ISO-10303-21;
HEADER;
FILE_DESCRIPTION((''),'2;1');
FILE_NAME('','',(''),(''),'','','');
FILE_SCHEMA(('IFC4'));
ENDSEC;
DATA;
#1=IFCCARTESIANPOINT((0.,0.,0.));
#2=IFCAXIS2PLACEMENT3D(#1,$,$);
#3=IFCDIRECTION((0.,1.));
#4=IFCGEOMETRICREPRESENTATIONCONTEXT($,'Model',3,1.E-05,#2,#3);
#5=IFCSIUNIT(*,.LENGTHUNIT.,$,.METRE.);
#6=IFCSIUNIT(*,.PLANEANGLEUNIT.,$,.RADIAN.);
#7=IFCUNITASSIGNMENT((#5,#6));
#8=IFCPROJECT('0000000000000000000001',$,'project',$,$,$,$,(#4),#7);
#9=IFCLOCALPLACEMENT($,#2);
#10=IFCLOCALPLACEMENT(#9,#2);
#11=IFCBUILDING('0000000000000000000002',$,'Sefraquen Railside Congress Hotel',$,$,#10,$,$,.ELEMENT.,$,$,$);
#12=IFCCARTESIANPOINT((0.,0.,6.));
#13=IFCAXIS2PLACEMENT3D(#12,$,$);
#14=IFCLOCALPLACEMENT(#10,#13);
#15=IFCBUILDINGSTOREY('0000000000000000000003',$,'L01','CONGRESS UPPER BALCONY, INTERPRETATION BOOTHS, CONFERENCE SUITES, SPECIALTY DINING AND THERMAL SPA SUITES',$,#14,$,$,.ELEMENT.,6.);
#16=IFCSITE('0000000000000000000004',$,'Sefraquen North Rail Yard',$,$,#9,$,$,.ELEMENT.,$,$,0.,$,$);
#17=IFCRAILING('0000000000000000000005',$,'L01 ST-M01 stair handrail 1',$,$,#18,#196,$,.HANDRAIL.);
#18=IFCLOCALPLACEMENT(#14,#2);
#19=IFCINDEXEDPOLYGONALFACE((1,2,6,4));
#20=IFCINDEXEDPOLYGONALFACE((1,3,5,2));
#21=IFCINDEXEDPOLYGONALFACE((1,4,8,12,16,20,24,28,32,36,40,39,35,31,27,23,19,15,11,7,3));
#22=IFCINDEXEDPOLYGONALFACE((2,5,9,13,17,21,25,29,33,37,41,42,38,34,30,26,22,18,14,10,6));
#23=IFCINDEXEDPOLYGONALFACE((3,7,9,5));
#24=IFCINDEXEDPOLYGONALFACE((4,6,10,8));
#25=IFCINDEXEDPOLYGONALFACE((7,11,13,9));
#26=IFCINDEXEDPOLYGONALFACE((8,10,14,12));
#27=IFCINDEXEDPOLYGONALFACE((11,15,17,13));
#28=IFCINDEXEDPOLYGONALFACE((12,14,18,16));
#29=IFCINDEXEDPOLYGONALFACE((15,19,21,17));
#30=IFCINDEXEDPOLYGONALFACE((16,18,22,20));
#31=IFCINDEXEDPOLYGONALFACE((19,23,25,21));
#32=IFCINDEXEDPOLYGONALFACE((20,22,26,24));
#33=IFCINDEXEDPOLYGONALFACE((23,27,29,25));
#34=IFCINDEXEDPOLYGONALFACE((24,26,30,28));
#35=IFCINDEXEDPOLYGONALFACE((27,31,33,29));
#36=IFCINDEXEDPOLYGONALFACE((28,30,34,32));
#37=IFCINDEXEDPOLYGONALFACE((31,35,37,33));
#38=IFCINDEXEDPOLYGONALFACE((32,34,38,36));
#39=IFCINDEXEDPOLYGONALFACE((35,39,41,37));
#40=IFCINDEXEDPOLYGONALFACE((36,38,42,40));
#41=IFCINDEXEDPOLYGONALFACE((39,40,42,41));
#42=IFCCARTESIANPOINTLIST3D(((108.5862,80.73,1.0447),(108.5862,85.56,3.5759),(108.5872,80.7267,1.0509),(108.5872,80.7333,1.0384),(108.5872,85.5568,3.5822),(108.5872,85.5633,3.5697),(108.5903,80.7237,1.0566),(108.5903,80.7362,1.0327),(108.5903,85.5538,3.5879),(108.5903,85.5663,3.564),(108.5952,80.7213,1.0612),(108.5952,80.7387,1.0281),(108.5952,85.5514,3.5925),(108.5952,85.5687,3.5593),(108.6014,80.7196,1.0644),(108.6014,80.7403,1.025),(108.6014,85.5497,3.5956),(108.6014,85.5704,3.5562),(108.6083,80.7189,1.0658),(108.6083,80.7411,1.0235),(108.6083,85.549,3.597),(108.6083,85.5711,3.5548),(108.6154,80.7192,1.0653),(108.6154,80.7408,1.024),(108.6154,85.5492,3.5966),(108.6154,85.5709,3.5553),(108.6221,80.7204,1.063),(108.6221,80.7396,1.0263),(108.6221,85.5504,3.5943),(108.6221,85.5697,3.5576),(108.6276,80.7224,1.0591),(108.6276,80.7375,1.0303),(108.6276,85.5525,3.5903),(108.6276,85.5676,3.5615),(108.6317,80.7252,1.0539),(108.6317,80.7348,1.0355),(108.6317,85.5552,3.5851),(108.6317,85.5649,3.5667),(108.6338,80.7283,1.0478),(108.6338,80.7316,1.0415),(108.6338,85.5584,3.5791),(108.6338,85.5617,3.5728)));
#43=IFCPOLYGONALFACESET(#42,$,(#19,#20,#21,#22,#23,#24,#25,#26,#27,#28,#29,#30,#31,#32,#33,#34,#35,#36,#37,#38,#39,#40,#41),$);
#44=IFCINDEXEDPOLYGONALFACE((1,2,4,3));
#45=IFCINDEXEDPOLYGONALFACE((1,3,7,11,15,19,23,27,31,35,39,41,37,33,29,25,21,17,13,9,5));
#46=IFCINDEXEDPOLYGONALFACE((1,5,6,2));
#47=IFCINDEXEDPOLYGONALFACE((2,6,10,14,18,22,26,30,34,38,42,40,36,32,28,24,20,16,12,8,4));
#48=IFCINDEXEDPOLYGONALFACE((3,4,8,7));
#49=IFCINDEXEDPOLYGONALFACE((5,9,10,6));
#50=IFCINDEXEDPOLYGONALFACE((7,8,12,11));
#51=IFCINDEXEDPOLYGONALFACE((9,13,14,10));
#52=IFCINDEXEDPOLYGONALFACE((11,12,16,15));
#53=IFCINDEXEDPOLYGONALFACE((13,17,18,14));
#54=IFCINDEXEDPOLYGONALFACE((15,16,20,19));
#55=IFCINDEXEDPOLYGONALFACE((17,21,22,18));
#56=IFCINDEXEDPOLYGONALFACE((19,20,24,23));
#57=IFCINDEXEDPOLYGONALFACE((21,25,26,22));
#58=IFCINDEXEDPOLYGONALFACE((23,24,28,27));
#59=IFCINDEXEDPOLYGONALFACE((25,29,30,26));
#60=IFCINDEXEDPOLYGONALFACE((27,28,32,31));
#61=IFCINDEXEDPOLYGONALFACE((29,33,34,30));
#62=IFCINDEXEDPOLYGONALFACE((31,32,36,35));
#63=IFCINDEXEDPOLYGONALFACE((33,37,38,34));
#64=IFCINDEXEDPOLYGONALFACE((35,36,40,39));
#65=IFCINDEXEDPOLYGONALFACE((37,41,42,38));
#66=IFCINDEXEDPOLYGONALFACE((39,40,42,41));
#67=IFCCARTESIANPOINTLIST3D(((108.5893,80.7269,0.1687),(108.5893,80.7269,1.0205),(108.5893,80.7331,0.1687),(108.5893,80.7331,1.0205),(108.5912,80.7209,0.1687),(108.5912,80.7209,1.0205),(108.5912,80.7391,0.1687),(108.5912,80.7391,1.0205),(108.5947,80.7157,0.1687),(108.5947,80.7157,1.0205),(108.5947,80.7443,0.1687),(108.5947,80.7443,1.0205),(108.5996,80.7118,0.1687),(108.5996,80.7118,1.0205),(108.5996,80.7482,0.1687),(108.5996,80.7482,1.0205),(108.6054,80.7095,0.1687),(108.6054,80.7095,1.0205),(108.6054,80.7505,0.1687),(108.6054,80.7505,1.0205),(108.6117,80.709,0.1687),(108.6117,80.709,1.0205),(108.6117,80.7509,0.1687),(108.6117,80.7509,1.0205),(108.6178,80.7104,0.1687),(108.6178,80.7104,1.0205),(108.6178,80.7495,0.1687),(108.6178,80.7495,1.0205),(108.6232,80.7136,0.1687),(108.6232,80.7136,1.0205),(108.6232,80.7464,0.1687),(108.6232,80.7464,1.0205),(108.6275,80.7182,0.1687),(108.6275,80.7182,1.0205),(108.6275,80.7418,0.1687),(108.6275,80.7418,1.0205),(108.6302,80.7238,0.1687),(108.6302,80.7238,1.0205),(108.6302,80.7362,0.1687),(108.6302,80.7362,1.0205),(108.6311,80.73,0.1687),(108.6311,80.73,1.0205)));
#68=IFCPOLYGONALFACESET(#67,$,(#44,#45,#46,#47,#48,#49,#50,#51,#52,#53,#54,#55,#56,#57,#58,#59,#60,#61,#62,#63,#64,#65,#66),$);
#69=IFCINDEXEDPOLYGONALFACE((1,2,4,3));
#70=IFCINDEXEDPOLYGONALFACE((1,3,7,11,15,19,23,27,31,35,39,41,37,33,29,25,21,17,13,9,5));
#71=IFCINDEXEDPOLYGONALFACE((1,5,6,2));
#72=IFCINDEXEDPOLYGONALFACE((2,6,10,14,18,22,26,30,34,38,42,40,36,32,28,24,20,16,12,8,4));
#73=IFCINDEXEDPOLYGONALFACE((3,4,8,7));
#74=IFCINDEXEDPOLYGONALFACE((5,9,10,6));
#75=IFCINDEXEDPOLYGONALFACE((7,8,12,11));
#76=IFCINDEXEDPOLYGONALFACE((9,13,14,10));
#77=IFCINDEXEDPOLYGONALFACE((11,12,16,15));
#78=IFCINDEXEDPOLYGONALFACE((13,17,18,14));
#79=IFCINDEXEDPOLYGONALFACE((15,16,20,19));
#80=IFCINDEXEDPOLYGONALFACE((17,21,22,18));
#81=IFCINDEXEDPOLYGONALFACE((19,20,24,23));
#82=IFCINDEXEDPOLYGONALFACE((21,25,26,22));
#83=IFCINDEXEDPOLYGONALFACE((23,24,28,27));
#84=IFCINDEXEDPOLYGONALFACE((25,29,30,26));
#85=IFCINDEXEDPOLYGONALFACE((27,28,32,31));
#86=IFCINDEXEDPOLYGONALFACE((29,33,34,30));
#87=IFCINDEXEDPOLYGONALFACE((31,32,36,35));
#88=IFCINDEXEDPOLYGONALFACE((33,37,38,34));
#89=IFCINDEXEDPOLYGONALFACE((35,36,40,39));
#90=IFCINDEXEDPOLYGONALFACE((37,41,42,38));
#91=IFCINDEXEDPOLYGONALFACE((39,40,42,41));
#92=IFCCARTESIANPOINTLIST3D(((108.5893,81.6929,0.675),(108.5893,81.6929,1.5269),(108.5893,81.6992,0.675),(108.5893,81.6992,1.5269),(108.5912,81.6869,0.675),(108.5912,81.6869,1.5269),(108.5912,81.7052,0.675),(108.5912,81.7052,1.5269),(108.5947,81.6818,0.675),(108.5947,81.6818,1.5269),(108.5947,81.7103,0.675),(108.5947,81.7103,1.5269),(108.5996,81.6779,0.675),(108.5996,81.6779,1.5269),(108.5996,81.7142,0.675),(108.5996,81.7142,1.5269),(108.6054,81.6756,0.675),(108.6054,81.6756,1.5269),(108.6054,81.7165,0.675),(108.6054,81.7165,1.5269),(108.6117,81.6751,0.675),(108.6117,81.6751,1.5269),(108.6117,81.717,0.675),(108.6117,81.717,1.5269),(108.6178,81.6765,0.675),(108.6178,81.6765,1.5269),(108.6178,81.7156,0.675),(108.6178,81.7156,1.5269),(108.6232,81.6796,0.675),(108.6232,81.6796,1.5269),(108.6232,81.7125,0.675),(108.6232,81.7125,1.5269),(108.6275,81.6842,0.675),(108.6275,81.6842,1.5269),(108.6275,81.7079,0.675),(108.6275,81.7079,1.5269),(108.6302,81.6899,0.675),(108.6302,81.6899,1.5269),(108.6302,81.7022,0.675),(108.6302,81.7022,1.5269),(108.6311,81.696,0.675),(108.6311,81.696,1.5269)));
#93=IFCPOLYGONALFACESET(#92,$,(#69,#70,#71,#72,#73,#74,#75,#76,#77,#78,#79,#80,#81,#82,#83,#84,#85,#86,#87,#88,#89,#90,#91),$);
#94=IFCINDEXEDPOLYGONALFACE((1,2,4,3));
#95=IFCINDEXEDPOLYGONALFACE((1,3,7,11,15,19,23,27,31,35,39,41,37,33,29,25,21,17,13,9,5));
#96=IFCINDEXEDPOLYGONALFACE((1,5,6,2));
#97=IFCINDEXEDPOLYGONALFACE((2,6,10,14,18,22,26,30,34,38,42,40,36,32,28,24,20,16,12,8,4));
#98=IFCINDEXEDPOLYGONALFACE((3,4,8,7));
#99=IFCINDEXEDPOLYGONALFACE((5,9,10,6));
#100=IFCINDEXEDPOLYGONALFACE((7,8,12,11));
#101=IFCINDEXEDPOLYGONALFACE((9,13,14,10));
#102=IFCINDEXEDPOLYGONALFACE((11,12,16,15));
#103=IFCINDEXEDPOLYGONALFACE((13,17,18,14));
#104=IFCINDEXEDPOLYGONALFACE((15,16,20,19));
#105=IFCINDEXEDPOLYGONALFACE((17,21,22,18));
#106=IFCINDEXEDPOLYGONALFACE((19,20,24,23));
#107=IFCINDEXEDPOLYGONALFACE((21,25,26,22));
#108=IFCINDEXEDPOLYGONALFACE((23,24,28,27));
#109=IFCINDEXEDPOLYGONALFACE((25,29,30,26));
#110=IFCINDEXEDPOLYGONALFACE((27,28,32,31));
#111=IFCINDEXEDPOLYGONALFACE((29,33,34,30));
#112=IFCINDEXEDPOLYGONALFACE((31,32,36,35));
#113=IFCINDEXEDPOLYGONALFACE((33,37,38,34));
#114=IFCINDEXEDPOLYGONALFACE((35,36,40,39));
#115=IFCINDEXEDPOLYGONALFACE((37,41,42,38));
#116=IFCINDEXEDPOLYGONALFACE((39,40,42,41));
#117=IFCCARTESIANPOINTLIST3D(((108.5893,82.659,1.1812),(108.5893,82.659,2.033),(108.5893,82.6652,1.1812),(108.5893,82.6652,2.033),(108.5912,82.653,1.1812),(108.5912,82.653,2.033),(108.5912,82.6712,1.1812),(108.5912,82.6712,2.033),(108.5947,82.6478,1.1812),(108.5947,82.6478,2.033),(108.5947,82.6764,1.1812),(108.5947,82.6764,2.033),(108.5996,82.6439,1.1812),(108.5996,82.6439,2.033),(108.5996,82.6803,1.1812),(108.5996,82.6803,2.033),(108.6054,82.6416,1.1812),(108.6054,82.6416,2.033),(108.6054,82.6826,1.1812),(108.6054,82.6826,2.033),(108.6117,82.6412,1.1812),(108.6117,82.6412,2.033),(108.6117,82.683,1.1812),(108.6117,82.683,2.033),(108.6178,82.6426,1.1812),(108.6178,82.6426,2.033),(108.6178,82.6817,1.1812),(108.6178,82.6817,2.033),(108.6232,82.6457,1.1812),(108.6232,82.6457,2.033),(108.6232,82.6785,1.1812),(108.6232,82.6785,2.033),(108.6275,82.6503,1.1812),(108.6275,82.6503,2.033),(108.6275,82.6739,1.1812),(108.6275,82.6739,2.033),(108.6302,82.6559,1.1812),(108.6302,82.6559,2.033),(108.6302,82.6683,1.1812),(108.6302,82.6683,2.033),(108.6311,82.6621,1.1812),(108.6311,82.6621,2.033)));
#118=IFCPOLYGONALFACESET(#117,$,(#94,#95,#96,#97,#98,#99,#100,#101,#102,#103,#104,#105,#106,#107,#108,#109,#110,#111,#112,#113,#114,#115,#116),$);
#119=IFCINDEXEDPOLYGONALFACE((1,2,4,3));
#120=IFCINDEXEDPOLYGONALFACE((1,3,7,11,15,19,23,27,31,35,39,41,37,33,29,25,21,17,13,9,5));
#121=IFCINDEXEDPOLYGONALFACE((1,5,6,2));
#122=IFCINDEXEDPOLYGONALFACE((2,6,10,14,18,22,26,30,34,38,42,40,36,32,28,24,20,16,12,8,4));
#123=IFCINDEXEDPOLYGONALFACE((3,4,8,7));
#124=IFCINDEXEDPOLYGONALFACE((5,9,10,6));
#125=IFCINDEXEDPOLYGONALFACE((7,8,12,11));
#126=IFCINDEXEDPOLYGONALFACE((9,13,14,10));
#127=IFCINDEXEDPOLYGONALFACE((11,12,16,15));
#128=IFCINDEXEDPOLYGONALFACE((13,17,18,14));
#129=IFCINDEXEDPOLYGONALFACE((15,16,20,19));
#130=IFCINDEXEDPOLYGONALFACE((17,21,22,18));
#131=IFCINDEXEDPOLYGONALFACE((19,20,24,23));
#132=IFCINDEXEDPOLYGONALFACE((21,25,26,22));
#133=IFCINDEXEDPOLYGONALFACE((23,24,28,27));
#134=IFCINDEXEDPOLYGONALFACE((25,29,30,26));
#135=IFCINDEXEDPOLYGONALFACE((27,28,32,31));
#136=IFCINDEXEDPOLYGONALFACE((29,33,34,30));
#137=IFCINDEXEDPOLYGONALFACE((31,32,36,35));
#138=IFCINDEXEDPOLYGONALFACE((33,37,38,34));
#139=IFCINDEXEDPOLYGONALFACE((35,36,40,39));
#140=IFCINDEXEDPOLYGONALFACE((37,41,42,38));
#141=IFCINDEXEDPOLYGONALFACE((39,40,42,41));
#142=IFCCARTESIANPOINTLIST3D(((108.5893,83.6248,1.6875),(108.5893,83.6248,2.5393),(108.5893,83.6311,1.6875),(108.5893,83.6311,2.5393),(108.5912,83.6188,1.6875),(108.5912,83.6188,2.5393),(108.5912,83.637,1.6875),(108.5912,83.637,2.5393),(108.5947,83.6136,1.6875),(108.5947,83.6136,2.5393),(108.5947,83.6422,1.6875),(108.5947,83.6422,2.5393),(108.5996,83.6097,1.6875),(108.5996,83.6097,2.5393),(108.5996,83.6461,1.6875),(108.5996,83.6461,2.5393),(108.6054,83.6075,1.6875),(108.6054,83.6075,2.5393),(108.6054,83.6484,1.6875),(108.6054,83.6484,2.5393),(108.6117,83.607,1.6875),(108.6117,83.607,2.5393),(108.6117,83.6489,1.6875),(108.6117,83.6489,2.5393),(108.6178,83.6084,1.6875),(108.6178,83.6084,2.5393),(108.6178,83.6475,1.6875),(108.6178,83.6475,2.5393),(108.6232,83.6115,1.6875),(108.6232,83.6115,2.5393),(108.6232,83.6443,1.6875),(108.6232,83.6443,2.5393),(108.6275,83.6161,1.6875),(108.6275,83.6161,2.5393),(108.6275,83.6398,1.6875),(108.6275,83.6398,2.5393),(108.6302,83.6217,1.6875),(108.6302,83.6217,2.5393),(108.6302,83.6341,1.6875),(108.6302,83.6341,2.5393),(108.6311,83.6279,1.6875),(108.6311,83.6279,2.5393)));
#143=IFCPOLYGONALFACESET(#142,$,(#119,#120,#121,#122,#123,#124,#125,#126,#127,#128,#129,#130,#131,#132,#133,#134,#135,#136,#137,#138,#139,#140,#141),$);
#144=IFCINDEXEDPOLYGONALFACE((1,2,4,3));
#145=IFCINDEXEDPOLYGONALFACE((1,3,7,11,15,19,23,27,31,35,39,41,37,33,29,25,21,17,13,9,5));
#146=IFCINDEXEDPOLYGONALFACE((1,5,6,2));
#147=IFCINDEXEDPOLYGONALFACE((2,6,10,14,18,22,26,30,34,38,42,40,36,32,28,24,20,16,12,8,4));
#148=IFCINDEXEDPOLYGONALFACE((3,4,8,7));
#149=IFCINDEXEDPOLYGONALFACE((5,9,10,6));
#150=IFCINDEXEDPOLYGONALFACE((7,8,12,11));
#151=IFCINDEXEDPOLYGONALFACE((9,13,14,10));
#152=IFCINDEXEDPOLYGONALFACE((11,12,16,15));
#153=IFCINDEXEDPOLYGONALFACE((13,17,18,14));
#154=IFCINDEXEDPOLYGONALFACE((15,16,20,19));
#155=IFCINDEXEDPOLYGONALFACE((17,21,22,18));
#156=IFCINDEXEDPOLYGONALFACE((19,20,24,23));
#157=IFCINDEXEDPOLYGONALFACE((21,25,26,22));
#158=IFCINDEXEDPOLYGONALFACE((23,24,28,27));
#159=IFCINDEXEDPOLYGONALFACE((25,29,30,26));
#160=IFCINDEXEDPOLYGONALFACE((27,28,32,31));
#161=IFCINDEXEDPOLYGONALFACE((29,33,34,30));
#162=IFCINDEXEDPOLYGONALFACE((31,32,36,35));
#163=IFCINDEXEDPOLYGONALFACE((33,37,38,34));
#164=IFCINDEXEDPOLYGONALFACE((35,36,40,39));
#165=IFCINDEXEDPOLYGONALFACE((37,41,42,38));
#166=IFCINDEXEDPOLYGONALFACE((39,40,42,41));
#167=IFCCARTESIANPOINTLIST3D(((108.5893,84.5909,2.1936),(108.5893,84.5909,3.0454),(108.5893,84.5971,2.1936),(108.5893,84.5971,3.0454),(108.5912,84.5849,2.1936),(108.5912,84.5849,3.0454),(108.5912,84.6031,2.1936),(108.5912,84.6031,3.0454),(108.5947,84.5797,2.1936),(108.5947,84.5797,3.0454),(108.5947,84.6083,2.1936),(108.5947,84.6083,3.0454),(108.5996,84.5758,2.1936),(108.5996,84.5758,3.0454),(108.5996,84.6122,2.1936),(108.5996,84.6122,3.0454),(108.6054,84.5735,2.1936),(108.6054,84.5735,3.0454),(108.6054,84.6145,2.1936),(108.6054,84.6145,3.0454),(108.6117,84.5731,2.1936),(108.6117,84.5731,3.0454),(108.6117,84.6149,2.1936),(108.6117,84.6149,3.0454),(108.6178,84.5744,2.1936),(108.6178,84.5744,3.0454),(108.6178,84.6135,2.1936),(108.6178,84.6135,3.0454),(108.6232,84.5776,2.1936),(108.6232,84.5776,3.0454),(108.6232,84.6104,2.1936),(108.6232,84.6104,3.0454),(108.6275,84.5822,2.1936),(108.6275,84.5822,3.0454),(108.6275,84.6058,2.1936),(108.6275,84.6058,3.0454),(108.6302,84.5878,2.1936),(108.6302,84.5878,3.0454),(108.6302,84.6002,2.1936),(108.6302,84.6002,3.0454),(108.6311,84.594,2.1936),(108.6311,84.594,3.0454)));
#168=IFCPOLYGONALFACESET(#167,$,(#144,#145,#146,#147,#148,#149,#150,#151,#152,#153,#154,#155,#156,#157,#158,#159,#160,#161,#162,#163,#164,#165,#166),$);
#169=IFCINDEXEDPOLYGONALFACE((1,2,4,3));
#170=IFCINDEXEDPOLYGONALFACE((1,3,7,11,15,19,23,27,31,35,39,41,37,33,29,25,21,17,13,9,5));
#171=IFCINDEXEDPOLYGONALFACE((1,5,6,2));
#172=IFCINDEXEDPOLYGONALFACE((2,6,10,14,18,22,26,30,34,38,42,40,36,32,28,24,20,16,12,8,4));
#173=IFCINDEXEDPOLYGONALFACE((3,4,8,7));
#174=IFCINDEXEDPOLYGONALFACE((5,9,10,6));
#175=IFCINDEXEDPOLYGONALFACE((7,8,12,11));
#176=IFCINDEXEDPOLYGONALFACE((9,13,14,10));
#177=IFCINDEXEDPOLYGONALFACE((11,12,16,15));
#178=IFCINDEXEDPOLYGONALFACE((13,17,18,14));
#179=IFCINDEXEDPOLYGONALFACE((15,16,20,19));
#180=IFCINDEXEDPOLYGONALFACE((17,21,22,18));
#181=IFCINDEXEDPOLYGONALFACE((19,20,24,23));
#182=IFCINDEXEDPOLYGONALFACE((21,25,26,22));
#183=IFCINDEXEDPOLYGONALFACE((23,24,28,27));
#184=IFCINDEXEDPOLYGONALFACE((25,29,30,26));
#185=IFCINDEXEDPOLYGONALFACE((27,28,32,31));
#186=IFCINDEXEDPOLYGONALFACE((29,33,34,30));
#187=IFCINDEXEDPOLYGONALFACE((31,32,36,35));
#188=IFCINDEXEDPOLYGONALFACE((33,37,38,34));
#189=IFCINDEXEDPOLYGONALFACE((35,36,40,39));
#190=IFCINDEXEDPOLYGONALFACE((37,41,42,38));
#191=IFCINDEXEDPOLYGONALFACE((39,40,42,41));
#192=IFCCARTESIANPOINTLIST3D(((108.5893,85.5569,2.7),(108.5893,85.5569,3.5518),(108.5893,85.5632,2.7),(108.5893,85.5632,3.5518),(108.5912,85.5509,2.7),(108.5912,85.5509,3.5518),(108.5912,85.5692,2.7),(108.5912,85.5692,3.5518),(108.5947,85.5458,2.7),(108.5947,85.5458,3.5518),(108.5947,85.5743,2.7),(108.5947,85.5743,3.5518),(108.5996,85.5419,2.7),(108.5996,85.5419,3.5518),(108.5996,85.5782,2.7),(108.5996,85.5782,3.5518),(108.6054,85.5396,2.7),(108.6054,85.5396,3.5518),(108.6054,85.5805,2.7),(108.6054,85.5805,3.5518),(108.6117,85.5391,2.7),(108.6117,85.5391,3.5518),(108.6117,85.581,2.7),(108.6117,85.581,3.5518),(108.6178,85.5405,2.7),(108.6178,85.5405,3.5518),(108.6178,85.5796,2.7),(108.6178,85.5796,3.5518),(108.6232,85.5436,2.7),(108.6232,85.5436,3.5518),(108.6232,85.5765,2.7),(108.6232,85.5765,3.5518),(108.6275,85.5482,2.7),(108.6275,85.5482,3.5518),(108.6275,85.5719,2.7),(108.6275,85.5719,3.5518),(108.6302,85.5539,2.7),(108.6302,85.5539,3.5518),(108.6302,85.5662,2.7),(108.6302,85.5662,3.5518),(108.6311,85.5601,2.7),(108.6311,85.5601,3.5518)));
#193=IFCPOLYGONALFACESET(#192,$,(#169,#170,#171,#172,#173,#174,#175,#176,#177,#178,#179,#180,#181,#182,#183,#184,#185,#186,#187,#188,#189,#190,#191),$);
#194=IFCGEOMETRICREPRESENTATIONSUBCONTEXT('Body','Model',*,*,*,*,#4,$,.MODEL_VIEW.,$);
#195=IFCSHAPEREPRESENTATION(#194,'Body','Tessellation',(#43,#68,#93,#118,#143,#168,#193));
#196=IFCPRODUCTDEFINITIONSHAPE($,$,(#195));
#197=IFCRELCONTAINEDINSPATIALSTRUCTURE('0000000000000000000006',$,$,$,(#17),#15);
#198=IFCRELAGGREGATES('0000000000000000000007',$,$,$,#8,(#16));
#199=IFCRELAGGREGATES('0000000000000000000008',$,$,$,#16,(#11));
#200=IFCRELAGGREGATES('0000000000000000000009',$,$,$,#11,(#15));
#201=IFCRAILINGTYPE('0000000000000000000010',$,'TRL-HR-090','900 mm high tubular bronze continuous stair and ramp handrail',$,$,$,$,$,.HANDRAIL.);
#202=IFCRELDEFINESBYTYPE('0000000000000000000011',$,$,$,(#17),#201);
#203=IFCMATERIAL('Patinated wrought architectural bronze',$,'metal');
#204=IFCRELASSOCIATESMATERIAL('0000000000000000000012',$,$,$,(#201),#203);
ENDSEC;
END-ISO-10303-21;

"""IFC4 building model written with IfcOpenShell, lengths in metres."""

from ifc_helpers import new_model, si_unit, direction, frame, origin, origin_2d, place, context, subcontext, project, spatial, circle, extrude, material, type_object, element, save


model = new_model("IFC4")

# Units and contexts
model_context = context("Model", 3, precision=1e-05, world=origin(), true_north=direction((0.0, 1.0)))
body_context = subcontext(model_context, "Body", "Model", "MODEL_VIEW")
ifc_project = project(units=[si_unit("LENGTHUNIT", "METRE"), si_unit("PLANEANGLEUNIT", "RADIAN")], contexts=[model_context])

# Site, building, storey
site_placement = place(None, origin())
site = spatial("IfcSite", under=ifc_project, at=site_placement, Name="Sefraquen North Rail Yard", CompositionType="ELEMENT", RefElevation=0.0)
building_placement = place(site_placement, origin())
building = spatial("IfcBuilding", under=site, at=building_placement, Name="Sefraquen Railside Congress Hotel", CompositionType="ELEMENT")
storey_placement = place(building_placement, frame((0.0, 0.0, 6.0)))
storey = spatial("IfcBuildingStorey", under=building, at=storey_placement, Name="L01", Description="CONGRESS UPPER BALCONY, INTERPRETATION BOOTHS, CONFERENCE SUITES, SPECIALTY DINING AND THERMAL SPA SUITES", CompositionType="ELEMENT", Elevation=6.0)

# Railing
ifc_material_1 = material(Name="Patinated wrought architectural bronze", Category="metal")
railing_type_1 = type_object("IfcRailingType", Name="TRL-HR-090", Description="900 mm high tubular bronze continuous stair and ramp handrail", PredefinedType="HANDRAIL", material=ifc_material_1)
railing_1_placement = place(storey_placement, frame((108.6101, 80.73, 0.1687)))
element("IfcRailing", 1, at=railing_1_placement, inside=storey, type_object=railing_type_1, Name="L01 ST-M01 stair handrail 1", PredefinedType="HANDRAIL", context=body_context, shape_type="SweptSolid", body=[
    extrude(circle(Radius=0.0239, at=origin_2d()), frame((0.0, 0.0, 0.876), z_axis=(0.0, 0.88574, 0.464181), x_axis=(-1.0, 0.0, 0.0)), (0.0, 0.0, 1.0), 5.4531),
    extrude(circle(Radius=0.021, at=origin_2d()), origin(), (0.0, 0.0, 1.0), 0.8518),
    extrude(circle(Radius=0.021, at=origin_2d()), frame((0.0, 0.9661, 0.5063)), (0.0, 0.0, 1.0), 0.8518),
    extrude(circle(Radius=0.021, at=origin_2d()), frame((0.0, 1.9321, 1.0125)), (0.0, 0.0, 1.0), 0.8518),
    extrude(circle(Radius=0.021, at=origin_2d()), frame((0.0, 2.8979, 1.5188)), (0.0, 0.0, 1.0), 0.8518),
    extrude(circle(Radius=0.021, at=origin_2d()), frame((0.0, 3.864, 2.0249)), (0.0, 0.0, 1.0), 0.8518),
    extrude(circle(Radius=0.021, at=origin_2d()), frame((0.0, 4.8301, 2.5312)), (0.0, 0.0, 1.0), 0.8518),
])

save(model, "model.ifc")
